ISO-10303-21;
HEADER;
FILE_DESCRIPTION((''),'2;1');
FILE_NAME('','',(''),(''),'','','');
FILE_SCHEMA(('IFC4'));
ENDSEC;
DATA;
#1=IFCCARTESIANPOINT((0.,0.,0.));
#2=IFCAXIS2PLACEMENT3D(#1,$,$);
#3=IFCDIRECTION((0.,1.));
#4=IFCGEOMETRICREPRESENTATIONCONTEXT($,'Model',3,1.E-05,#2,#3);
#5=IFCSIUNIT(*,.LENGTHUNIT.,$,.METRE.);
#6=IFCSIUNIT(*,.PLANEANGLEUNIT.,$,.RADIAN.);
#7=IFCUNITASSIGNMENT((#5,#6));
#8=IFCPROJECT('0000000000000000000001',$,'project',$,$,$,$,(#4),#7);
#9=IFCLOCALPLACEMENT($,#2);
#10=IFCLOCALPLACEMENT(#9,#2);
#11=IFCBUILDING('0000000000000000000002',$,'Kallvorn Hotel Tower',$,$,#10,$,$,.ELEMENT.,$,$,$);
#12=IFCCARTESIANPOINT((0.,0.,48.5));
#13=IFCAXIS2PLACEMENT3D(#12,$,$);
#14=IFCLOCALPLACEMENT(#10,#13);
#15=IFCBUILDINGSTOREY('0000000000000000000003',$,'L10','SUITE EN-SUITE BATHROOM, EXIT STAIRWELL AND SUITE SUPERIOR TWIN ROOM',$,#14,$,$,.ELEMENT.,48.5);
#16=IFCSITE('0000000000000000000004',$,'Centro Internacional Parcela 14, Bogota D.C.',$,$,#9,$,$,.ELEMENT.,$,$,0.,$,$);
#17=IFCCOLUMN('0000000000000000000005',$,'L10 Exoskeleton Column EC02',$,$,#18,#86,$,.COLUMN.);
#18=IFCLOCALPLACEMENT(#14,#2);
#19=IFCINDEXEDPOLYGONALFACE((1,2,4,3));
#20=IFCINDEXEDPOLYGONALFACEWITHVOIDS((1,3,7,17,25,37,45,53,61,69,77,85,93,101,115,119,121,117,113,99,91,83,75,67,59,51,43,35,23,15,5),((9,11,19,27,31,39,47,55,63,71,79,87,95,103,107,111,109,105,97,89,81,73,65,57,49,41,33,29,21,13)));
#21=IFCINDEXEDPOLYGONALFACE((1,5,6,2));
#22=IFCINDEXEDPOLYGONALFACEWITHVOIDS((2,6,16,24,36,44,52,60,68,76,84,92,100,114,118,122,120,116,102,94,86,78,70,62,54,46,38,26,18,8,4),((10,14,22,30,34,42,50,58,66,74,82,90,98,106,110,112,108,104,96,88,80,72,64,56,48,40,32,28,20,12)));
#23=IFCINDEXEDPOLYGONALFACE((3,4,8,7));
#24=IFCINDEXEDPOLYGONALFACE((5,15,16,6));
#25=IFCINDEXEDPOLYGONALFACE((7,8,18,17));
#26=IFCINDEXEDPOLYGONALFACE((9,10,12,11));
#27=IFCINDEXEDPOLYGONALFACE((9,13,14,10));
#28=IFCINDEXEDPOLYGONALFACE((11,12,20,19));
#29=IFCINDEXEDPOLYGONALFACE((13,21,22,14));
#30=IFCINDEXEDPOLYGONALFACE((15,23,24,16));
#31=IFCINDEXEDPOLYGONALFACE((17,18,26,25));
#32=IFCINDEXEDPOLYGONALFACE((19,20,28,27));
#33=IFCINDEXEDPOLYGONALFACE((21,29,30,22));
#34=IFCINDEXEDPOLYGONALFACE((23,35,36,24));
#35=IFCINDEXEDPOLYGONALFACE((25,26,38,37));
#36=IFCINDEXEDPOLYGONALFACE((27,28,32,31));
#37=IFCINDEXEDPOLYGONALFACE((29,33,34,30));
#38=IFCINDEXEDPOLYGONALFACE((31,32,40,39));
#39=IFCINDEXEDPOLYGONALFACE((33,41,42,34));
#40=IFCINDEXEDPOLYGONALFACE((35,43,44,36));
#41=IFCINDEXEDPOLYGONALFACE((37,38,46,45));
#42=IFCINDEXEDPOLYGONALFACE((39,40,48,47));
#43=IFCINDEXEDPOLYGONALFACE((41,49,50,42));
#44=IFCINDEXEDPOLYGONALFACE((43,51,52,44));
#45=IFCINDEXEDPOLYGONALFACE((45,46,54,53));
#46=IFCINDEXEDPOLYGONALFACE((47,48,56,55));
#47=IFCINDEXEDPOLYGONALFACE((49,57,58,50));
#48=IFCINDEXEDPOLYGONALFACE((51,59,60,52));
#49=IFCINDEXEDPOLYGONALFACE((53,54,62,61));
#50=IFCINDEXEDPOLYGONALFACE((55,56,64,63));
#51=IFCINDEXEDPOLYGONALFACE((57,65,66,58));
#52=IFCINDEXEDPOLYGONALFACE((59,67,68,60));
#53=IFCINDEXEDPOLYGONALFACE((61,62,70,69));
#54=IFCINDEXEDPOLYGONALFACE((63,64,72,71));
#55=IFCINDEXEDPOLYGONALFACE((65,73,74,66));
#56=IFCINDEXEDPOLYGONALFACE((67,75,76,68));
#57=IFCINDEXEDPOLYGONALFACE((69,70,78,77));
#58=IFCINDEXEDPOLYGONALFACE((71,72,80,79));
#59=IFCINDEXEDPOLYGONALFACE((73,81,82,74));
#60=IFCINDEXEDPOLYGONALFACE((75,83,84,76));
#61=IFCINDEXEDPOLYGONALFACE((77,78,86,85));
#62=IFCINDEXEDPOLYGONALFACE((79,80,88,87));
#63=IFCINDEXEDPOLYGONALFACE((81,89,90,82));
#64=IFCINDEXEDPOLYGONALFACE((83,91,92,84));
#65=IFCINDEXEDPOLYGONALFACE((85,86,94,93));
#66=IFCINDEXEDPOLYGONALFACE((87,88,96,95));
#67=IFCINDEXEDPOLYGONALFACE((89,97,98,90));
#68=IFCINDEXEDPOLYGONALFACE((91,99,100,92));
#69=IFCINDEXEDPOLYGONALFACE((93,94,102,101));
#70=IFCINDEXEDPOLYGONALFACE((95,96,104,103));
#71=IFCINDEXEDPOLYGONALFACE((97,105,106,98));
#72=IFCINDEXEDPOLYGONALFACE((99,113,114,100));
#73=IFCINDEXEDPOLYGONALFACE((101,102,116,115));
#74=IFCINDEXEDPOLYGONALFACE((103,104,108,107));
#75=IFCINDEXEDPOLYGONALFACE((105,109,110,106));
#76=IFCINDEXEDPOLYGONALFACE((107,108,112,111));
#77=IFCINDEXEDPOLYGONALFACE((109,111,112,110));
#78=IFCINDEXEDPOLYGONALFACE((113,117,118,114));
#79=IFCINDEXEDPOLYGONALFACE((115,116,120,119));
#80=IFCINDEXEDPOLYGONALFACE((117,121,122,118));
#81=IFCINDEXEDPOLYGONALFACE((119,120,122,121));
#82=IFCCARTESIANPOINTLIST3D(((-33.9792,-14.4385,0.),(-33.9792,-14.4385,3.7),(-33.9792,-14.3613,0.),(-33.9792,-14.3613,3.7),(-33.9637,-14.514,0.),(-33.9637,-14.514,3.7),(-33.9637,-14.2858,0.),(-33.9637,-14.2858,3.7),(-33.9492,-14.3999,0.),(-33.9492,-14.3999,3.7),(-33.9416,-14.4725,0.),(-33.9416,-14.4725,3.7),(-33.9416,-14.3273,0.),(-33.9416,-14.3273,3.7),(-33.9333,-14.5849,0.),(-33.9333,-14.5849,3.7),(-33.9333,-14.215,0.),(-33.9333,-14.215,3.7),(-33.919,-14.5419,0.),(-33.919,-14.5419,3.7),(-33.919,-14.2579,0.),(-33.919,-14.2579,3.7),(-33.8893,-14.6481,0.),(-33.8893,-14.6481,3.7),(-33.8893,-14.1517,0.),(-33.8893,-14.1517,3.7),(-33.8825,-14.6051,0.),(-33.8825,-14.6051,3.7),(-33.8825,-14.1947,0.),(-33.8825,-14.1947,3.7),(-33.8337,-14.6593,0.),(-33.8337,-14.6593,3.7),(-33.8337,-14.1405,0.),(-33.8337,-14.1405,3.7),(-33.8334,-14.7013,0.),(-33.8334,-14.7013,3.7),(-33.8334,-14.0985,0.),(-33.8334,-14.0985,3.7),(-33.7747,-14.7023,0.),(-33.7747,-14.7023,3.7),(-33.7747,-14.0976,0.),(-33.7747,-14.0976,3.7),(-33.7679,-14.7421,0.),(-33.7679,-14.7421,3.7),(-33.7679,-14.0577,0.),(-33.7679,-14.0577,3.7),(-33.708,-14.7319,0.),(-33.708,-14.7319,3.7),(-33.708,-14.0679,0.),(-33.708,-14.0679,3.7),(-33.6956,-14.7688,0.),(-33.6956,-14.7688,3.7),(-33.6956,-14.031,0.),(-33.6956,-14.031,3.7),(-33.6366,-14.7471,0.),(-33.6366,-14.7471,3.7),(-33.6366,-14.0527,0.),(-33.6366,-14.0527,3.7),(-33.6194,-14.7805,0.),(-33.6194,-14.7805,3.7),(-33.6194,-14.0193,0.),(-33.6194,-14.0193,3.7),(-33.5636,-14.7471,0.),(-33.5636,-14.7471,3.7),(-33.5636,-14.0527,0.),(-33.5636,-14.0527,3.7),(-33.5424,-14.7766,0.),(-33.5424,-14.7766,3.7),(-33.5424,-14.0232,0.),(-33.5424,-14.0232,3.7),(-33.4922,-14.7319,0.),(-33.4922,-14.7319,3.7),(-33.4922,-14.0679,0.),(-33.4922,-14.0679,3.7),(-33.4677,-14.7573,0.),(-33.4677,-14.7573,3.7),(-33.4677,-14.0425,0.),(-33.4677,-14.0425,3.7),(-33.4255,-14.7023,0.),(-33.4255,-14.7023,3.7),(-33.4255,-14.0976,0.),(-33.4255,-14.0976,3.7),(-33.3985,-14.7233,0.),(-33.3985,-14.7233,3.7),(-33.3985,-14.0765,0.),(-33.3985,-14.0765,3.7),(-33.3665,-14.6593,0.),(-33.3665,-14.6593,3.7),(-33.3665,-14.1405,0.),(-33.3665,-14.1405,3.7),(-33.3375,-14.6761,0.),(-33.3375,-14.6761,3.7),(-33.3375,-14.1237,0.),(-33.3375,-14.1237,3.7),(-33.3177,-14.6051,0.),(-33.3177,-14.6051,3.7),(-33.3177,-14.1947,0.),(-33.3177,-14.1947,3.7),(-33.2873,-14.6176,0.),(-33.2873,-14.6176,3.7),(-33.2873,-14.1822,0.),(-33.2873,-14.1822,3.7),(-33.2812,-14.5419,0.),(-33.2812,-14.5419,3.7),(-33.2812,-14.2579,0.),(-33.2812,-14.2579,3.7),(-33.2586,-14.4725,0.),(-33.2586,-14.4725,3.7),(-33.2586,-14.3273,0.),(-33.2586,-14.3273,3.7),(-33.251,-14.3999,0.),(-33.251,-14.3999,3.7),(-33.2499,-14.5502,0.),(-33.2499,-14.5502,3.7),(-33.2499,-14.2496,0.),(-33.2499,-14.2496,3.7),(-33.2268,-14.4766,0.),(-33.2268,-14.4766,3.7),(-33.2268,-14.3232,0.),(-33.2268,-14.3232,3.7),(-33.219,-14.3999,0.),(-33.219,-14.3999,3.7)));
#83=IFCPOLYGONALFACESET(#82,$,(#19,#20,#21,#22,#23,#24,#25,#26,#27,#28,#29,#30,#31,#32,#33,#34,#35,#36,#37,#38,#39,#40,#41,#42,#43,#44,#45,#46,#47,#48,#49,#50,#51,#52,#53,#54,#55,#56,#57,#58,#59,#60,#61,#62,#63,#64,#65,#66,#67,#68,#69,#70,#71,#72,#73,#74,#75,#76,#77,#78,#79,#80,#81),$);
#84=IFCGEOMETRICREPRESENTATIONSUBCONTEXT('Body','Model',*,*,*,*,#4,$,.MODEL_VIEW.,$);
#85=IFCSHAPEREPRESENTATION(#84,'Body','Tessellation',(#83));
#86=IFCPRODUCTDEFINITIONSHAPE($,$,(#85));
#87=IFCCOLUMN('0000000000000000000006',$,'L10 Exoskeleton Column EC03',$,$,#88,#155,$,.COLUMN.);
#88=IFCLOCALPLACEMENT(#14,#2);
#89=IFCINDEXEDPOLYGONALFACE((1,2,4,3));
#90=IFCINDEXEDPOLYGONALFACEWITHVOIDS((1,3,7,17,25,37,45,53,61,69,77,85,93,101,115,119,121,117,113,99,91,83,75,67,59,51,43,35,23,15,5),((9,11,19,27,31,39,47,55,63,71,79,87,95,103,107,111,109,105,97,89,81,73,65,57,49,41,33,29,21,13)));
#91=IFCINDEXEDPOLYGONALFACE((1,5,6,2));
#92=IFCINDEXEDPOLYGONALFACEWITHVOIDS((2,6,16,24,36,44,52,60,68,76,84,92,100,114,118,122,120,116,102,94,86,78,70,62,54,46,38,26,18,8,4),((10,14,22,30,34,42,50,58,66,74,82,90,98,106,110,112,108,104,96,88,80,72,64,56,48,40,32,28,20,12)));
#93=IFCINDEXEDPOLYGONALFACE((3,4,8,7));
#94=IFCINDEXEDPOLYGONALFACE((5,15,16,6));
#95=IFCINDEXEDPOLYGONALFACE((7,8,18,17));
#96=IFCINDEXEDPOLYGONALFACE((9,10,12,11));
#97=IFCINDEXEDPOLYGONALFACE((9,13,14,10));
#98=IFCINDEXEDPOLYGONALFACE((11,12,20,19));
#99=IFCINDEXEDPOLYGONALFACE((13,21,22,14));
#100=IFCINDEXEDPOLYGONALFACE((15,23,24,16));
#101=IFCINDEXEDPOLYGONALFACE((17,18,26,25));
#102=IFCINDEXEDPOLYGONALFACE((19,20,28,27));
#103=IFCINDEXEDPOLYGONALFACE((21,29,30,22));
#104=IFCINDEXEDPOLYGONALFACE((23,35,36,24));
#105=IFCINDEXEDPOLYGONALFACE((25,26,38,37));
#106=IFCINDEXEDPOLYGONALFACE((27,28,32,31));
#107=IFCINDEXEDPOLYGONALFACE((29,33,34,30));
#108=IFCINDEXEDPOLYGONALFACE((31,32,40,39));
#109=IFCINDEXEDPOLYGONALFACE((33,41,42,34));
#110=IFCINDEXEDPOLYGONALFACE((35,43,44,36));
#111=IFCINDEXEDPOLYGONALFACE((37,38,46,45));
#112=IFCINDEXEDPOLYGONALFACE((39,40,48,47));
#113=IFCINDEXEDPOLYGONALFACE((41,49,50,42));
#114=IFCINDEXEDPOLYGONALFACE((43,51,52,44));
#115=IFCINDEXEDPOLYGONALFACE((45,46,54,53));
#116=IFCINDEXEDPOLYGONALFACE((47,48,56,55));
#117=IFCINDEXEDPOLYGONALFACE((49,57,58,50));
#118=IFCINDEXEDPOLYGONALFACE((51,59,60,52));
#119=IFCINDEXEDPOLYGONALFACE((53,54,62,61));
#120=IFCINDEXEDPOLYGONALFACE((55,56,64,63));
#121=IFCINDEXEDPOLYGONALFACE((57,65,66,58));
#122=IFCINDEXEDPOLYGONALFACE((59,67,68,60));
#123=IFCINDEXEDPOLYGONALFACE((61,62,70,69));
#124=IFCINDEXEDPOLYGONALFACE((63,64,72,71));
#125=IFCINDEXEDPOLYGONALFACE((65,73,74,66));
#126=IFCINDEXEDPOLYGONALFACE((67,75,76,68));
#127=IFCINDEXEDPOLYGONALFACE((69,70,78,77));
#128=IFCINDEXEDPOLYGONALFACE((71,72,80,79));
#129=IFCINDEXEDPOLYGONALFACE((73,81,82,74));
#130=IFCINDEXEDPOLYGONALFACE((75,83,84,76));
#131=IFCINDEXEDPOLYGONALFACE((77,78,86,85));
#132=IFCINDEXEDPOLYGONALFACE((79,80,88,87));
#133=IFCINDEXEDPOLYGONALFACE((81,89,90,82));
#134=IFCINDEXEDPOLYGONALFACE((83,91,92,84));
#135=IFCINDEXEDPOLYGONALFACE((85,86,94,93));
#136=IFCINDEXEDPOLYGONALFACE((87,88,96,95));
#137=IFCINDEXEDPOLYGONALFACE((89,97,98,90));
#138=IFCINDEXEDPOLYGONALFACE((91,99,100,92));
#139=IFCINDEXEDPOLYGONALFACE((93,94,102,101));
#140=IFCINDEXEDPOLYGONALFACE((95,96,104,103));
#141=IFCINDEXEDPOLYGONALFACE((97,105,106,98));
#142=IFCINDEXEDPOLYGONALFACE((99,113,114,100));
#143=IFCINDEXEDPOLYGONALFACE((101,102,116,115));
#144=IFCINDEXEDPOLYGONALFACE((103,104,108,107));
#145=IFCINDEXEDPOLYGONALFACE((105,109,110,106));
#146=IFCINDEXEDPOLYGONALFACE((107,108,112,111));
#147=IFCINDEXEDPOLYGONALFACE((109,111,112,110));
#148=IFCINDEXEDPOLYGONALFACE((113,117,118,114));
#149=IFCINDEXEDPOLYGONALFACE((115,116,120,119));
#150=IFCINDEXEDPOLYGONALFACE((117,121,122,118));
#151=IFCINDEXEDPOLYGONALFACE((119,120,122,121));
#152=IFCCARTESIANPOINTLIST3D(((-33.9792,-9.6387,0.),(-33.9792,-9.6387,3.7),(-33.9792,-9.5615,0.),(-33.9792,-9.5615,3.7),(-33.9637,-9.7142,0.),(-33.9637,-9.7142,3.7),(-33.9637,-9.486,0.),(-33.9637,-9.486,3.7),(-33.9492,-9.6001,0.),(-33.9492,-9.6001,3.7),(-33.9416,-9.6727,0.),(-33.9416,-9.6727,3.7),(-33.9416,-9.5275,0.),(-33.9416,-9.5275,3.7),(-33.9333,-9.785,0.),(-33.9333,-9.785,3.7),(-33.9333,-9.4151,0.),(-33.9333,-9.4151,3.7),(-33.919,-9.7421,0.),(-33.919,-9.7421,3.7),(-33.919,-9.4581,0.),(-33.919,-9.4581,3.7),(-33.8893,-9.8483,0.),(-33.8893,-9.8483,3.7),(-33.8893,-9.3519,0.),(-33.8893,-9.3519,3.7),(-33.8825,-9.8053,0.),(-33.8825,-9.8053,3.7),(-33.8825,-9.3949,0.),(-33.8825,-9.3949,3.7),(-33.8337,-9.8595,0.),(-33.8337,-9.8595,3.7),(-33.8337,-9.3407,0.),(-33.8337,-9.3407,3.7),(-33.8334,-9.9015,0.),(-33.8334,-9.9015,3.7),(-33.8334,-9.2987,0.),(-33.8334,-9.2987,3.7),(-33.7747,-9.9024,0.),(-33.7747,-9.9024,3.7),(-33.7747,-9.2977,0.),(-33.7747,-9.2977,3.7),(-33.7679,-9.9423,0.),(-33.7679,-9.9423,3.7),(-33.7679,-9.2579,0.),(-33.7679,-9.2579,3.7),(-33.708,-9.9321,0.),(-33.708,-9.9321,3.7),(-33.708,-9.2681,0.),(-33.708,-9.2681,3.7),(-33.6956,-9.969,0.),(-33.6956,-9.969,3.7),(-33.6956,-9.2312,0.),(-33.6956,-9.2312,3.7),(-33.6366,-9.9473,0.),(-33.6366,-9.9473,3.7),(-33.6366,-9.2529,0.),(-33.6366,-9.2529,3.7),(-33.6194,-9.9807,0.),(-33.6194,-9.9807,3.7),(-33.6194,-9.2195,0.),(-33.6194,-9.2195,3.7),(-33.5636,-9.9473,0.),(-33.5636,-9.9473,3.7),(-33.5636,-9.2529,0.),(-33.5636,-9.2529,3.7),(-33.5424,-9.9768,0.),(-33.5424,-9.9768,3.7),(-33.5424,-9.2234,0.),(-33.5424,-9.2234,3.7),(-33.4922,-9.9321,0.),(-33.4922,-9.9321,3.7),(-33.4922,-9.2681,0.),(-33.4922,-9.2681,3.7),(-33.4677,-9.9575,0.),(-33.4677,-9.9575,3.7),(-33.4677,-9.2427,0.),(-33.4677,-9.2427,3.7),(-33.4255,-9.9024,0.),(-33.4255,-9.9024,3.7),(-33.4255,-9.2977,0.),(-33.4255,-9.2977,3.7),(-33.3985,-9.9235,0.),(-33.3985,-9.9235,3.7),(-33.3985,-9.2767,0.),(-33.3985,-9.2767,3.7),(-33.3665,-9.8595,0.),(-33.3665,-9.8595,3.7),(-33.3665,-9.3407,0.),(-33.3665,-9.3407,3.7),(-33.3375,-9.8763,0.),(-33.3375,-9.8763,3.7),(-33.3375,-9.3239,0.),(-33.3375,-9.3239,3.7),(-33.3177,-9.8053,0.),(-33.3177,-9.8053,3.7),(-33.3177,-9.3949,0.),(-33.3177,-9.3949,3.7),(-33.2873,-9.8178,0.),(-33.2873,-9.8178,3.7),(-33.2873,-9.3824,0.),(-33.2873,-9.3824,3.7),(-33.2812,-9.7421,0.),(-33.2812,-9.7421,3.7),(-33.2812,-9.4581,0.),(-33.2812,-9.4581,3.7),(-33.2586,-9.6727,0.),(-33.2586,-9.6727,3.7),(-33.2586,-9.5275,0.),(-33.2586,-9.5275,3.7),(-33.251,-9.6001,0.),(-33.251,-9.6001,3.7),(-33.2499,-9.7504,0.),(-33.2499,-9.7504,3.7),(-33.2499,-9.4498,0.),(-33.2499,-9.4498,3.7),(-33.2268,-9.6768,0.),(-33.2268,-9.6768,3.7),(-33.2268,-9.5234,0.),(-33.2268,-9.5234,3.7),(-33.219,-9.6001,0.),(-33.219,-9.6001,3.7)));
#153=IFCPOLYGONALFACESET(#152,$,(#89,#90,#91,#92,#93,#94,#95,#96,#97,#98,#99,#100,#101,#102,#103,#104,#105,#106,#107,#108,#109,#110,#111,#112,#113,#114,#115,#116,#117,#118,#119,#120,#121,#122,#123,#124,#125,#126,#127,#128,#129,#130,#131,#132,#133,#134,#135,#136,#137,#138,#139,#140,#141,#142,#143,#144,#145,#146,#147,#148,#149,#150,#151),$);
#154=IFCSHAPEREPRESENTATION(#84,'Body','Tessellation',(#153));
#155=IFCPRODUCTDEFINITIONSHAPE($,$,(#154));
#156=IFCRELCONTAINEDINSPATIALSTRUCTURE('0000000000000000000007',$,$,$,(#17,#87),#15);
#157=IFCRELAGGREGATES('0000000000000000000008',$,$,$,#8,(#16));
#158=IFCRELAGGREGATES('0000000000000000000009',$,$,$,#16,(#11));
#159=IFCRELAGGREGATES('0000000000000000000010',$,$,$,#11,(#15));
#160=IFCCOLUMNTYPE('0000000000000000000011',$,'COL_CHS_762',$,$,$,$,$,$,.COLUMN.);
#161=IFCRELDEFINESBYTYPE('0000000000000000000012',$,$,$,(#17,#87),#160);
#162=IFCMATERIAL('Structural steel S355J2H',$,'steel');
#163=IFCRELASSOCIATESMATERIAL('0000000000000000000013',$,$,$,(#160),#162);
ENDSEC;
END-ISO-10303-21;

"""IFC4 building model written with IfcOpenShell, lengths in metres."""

from ifc_helpers import new_model, si_unit, direction, frame, origin, origin_2d, place, context, subcontext, project, spatial, hollow_circle, extrude, material, material_profile, profile_set, type_object, element, save


model = new_model("IFC4")

# Units and contexts
model_context = context("Model", 3, precision=1e-05, world=origin(), true_north=direction((0.0, 1.0)))
body_context = subcontext(model_context, "Body", "Model", "MODEL_VIEW")
ifc_project = project(units=[si_unit("LENGTHUNIT", "METRE"), si_unit("PLANEANGLEUNIT", "RADIAN")], contexts=[model_context])

# Site, building, storey
site_placement = place(None, origin())
site = spatial("IfcSite", under=ifc_project, at=site_placement, Name="Centro Internacional Parcela 14, Bogota D.C.", CompositionType="ELEMENT", RefElevation=0.0)
building_placement = place(site_placement, origin())
building = spatial("IfcBuilding", under=site, at=building_placement, Name="Kallvorn Hotel Tower", CompositionType="ELEMENT")
storey_placement = place(building_placement, frame((0.0, 0.0, 48.5)))
storey = spatial("IfcBuildingStorey", under=building, at=storey_placement, Name="L10", Description="SUITE EN-SUITE BATHROOM, EXIT STAIRWELL AND SUITE SUPERIOR TWIN ROOM", CompositionType="ELEMENT", Elevation=48.5)

# Columns
ifc_material_1 = material(Name="Structural steel S355J2H", Category="steel")
ifc_material_profile_1 = material_profile(ifc_material_1, hollow_circle(Radius=0.3811, WallThickness=0.032, at=origin_2d()), Name="CHS 762x32")
ifc_profile_set_1 = profile_set([ifc_material_profile_1], Name="Structural steel S355J2H")
column_type = type_object("IfcColumnType", Name="COL_CHS_762", PredefinedType="COLUMN", material=ifc_profile_set_1)
for number, where, z_axis, x_axis, name in (
    (1, (-33.6001, -14.3999, 0.0), (0.0, 0.0, 1.0), (1.0, 0.0, 0.0), "L10 Exoskeleton Column EC02"),
    (2, (-33.6001, -9.6001, 0.0), (0.0, 0.0, 1.0), (1.0, 0.0, 0.0), "L10 Exoskeleton Column EC03"),
):
    element("IfcColumn", number, at=place(storey_placement, frame(where, z_axis=z_axis, x_axis=x_axis)), inside=storey, type_object=column_type, Name=name, PredefinedType="COLUMN", context=body_context, shape_type="SweptSolid", body=[
        extrude(hollow_circle(Radius=0.3811, WallThickness=0.032, at=origin_2d()), origin(), (0.0, 0.0, 1.0), 3.7),
    ])

save(model, "model.ifc")
